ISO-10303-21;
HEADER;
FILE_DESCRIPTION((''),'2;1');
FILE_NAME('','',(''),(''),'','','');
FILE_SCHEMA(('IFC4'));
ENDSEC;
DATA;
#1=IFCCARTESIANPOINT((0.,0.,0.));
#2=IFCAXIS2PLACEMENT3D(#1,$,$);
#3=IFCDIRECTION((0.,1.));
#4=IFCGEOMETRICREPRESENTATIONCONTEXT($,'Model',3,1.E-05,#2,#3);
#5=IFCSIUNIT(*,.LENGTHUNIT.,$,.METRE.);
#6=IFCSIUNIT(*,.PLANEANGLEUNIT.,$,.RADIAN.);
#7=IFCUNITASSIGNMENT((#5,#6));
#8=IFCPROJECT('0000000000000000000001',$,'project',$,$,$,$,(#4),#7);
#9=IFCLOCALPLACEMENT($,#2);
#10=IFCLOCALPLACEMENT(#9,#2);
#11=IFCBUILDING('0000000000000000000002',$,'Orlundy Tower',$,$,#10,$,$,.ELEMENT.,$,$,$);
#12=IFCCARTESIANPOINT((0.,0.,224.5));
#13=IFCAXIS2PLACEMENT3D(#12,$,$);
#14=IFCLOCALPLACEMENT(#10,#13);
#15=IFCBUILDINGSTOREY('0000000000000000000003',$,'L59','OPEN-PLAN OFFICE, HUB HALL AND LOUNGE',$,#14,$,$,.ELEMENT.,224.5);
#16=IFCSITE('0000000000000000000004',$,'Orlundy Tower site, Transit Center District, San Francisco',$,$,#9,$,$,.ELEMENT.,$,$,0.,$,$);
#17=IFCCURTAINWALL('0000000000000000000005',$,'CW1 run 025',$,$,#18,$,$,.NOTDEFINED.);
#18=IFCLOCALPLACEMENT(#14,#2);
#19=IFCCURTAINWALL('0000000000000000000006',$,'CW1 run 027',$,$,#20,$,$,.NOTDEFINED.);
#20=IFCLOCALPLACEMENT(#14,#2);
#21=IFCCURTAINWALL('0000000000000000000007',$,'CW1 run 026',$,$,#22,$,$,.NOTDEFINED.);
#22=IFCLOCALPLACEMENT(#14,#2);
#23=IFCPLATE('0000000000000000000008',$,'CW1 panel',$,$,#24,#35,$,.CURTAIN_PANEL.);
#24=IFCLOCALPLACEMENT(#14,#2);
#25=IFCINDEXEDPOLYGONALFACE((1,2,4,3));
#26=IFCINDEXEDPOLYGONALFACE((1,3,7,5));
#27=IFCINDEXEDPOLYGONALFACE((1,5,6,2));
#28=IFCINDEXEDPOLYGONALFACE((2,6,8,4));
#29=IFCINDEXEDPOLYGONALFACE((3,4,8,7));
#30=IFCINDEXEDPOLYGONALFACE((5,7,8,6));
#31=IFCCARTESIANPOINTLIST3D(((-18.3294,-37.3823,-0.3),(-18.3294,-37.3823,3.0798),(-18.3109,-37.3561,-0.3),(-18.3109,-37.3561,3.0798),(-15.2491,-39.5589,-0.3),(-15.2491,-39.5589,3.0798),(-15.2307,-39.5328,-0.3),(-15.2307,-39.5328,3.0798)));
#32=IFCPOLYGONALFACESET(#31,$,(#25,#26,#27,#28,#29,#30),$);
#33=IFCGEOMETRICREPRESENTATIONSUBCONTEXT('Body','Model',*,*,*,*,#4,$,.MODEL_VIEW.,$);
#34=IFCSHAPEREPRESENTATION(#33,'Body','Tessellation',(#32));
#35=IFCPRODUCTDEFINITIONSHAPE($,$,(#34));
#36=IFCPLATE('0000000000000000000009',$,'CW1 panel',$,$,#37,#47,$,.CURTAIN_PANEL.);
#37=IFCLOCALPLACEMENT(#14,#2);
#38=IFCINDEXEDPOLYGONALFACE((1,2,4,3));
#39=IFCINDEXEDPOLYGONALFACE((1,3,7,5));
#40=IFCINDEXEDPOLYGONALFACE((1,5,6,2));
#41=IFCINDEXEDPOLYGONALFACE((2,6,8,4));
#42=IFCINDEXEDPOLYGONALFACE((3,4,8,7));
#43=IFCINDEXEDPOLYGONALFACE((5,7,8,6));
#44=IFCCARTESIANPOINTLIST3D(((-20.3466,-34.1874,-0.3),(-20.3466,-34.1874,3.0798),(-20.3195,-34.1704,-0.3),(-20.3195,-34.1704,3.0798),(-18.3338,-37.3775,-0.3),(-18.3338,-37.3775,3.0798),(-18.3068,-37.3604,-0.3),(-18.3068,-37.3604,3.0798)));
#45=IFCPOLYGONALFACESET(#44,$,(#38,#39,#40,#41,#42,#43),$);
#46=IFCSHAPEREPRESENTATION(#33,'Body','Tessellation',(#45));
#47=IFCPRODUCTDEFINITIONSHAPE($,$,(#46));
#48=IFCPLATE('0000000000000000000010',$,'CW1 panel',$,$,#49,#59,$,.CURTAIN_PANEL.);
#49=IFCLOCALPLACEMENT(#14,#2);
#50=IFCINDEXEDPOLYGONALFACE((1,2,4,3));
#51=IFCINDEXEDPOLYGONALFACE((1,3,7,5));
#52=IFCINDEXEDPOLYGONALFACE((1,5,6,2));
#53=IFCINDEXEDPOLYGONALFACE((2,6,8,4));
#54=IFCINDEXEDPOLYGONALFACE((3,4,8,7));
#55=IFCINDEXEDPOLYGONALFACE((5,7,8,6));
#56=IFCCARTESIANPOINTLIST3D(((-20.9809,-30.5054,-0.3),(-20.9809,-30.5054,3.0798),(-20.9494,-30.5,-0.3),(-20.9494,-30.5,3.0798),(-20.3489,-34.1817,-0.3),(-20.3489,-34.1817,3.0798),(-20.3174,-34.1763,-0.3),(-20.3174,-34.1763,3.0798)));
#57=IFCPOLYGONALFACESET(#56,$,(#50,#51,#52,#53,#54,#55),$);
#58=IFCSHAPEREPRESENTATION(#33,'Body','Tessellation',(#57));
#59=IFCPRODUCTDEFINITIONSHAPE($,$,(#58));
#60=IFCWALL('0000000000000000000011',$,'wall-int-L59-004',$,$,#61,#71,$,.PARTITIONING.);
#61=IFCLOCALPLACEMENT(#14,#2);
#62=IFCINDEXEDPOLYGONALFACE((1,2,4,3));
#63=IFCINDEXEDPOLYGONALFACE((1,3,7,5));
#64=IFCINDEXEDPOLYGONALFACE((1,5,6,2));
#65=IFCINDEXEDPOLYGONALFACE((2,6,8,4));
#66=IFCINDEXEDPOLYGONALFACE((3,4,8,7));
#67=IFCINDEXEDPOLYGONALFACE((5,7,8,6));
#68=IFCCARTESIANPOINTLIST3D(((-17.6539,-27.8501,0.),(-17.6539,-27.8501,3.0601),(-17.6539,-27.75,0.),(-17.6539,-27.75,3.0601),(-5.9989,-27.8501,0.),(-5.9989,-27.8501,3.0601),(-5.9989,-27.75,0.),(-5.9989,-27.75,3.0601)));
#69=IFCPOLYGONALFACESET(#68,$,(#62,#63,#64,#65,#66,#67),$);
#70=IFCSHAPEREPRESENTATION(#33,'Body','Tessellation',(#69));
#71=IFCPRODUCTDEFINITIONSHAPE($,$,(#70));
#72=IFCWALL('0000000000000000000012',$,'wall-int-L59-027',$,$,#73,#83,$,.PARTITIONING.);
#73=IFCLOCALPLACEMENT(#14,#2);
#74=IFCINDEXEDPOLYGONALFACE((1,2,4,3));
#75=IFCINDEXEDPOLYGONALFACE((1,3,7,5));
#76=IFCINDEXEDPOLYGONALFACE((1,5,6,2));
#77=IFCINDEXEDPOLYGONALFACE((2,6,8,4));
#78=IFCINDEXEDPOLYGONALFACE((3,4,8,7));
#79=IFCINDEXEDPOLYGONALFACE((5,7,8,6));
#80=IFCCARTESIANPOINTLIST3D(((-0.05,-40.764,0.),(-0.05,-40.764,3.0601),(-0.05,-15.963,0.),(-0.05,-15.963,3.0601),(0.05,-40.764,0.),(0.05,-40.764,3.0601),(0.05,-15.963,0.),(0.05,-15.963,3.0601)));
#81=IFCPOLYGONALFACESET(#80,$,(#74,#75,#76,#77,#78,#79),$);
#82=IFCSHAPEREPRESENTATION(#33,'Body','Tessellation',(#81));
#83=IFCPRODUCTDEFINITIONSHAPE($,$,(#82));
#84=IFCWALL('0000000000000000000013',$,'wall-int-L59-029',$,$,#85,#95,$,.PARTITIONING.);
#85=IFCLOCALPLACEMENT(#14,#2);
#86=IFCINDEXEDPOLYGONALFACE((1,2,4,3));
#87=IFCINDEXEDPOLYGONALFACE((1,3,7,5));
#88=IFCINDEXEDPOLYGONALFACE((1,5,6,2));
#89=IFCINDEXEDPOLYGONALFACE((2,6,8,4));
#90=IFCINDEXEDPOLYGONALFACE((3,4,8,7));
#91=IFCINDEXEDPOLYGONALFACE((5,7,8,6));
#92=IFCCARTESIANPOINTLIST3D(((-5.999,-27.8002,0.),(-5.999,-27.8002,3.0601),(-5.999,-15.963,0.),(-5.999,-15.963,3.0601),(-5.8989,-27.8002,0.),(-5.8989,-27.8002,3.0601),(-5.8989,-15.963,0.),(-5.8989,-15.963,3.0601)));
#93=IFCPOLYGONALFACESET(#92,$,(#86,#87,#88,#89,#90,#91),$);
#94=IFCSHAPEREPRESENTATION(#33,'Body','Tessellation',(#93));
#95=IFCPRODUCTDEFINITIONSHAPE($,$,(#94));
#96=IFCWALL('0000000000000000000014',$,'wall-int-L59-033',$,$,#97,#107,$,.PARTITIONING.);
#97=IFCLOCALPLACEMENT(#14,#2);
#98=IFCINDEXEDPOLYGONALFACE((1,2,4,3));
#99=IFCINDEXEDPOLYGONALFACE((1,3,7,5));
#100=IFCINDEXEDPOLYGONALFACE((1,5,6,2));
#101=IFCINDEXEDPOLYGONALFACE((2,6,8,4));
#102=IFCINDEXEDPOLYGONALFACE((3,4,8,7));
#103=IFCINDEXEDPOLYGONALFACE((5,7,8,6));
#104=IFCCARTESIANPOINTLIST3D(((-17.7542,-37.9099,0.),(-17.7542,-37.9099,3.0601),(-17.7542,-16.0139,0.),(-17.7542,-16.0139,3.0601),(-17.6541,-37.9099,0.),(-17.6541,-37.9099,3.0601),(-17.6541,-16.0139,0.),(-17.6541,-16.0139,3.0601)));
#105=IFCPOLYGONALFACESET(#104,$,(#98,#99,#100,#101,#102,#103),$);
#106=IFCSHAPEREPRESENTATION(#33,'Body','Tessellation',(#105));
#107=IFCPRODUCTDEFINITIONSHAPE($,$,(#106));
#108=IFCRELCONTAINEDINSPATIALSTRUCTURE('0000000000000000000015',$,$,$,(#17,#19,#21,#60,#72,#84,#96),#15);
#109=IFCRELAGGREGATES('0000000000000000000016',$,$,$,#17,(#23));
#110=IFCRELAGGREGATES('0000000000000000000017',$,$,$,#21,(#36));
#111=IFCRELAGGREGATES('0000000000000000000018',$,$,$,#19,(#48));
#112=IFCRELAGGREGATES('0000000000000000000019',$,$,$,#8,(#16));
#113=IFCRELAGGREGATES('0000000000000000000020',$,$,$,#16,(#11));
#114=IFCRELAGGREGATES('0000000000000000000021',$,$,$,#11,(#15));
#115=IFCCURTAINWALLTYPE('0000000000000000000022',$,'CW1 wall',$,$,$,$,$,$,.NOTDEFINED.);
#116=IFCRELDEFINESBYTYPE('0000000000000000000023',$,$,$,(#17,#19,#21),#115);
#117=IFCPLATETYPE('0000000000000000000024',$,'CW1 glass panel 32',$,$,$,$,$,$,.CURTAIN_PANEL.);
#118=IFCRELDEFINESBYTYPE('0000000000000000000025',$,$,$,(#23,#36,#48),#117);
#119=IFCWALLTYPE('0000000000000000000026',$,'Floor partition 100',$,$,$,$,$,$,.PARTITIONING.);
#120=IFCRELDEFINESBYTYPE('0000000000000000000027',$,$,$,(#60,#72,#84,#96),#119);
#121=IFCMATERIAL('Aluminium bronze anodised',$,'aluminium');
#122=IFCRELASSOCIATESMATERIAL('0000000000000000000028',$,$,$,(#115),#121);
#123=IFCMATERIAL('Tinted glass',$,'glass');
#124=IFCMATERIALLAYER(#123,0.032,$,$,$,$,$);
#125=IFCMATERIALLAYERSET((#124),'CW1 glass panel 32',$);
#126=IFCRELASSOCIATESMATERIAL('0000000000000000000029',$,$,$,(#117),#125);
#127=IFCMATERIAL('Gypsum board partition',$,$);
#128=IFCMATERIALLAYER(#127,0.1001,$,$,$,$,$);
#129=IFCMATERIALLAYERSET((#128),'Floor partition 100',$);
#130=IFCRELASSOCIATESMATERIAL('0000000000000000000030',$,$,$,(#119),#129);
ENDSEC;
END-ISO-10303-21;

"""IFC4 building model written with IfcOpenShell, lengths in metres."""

from ifc_helpers import new_model, si_unit, direction, frame, frame_2d, origin, origin_2d, place, context, subcontext, project, spatial, rectangle, extrude, material, layer, layer_set, type_object, element, aggregate, save


model = new_model("IFC4")

# Units and contexts
model_context = context("Model", 3, precision=1e-05, world=origin(), true_north=direction((0.0, 1.0)))
body_context = subcontext(model_context, "Body", "Model", "MODEL_VIEW")
ifc_project = project(units=[si_unit("LENGTHUNIT", "METRE"), si_unit("PLANEANGLEUNIT", "RADIAN")], contexts=[model_context])

# Site, building, storey
site_placement = place(None, origin())
site = spatial("IfcSite", under=ifc_project, at=site_placement, Name="Orlundy Tower site, Transit Center District, San Francisco", CompositionType="ELEMENT", RefElevation=0.0)
building_placement = place(site_placement, origin())
building = spatial("IfcBuilding", under=site, at=building_placement, Name="Orlundy Tower", CompositionType="ELEMENT")
storey_placement = place(building_placement, frame((0.0, 0.0, 224.5)))
storey = spatial("IfcBuildingStorey", under=building, at=storey_placement, Name="L59", Description="OPEN-PLAN OFFICE, HUB HALL AND LOUNGE", CompositionType="ELEMENT", Elevation=224.5)

# Curtain walls
ifc_material_1 = material(Name="Aluminium bronze anodised", Category="aluminium")
curtain_wall_type = type_object("IfcCurtainWallType", Name="CW1 wall", PredefinedType="NOTDEFINED", material=ifc_material_1)
curtain_wall_1_placement = place(storey_placement, origin())
curtain_wall_1 = element("IfcCurtainWall", 1, at=curtain_wall_1_placement, inside=storey, type_object=curtain_wall_type, Name="CW1 run 025", PredefinedType="NOTDEFINED")
curtain_wall_2_placement = place(storey_placement, origin())
curtain_wall_2 = element("IfcCurtainWall", 2, at=curtain_wall_2_placement, inside=storey, type_object=curtain_wall_type, Name="CW1 run 027", PredefinedType="NOTDEFINED")

# Curtain wall
curtain_wall_3_placement = place(storey_placement, origin())
curtain_wall_3 = element("IfcCurtainWall", 3, at=curtain_wall_3_placement, inside=storey, type_object=curtain_wall_type, Name="CW1 run 026", PredefinedType="NOTDEFINED")

# Plates
ifc_material_2 = material(Name="Tinted glass", Category="glass")
ifc_layer_1 = layer(ifc_material_2, 0.032)
ifc_layer_set_1 = layer_set([ifc_layer_1], Name="CW1 glass panel 32")
plate_type = type_object("IfcPlateType", Name="CW1 glass panel 32", PredefinedType="CURTAIN_PANEL", material=ifc_layer_set_1)
plate_1_placement = place(storey_placement, frame((-16.78, -38.4575, -0.3), z_axis=(0.0, 0.0, 1.0), x_axis=(-0.816676, 0.577096, 0.0)))
plate_1 = element("IfcPlate", 4, at=plate_1_placement, type_object=plate_type, Name="CW1 panel", PredefinedType="CURTAIN_PANEL", context=body_context, shape_type="SweptSolid", body=[
    extrude(rectangle(XDim=3.7717, YDim=0.032, at=origin_2d()), origin(), (0.0, 0.0, 1.0), 3.3799),
])
aggregate(curtain_wall_1, [plate_1])
plate_2_placement = place(storey_placement, frame((-19.3267, -35.7739, -0.3), z_axis=(0.0, 0.0, 1.0), x_axis=(-0.533607, 0.845732, 0.0)))
plate_2 = element("IfcPlate", 5, at=plate_2_placement, type_object=plate_type, Name="CW1 panel", PredefinedType="CURTAIN_PANEL", context=body_context, shape_type="SweptSolid", body=[
    extrude(rectangle(XDim=3.772, YDim=0.032, at=origin_2d()), origin(), (0.0, 0.0, 1.0), 3.3799),
])
aggregate(curtain_wall_3, [plate_2])
plate_3_placement = place(storey_placement, frame((-20.6492, -32.3408, -0.3), z_axis=(0.0, 0.0, 1.0), x_axis=(-0.169428, 0.985543, 0.0)))
plate_3 = element("IfcPlate", 6, at=plate_3_placement, type_object=plate_type, Name="CW1 panel", PredefinedType="CURTAIN_PANEL", context=body_context, shape_type="SweptSolid", body=[
    extrude(rectangle(XDim=3.7302, YDim=0.032, at=origin_2d()), origin(), (0.0, 0.0, 1.0), 3.3799),
])
aggregate(curtain_wall_2, [plate_3])

# Walls
ifc_material_3 = material(Name="Gypsum board partition")
ifc_layer_2 = layer(ifc_material_3, 0.1001)
ifc_layer_set_2 = layer_set([ifc_layer_2], Name="Floor partition 100")
wall_type = type_object("IfcWallType", Name="Floor partition 100", PredefinedType="PARTITIONING", material=ifc_layer_set_2)
wall_1_placement = place(storey_placement, frame((-17.6541, -27.8, 0.0), z_axis=(0.0, 0.0, 1.0), x_axis=(1.0, 0.0, 0.0)))
element("IfcWall", 7, at=wall_1_placement, inside=storey, type_object=wall_type, Name="wall-int-L59-004", PredefinedType="PARTITIONING", context=body_context, shape_type="SweptSolid", body=[
    extrude(rectangle(XDim=11.655, YDim=0.1001, at=frame_2d((5.8276, 0.0))), origin(), (0.0, 0.0, 1.0), 3.0601),
])
wall_2_placement = place(storey_placement, frame((0.0, -40.7639, 0.0), z_axis=(0.0, 0.0, 1.0), x_axis=(0.0, 1.0, 0.0)))
element("IfcWall", 8, at=wall_2_placement, inside=storey, type_object=wall_type, Name="wall-int-L59-027", PredefinedType="PARTITIONING", context=body_context, shape_type="SweptSolid", body=[
    extrude(rectangle(XDim=24.801, YDim=0.1001, at=frame_2d((12.4004, 0.0))), origin(), (0.0, 0.0, 1.0), 3.0601),
])
wall_3_placement = place(storey_placement, frame((-5.949, -27.8, 0.0), z_axis=(0.0, 0.0, 1.0), x_axis=(0.0, 1.0, 0.0)))
element("IfcWall", 9, at=wall_3_placement, inside=storey, type_object=wall_type, Name="wall-int-L59-029", PredefinedType="PARTITIONING", context=body_context, shape_type="SweptSolid", body=[
    extrude(rectangle(XDim=11.8372, YDim=0.1001, at=frame_2d((5.9185, 0.0))), origin(), (0.0, 0.0, 1.0), 3.0601),
])
wall_4_placement = place(storey_placement, frame((-17.7041, -37.9099, 0.0), z_axis=(0.0, 0.0, 1.0), x_axis=(0.0, 1.0, 0.0)))
element("IfcWall", 10, at=wall_4_placement, inside=storey, type_object=wall_type, Name="wall-int-L59-033", PredefinedType="PARTITIONING", context=body_context, shape_type="SweptSolid", body=[
    extrude(rectangle(XDim=21.896, YDim=0.1001, at=frame_2d((10.948, 0.0))), origin(), (0.0, 0.0, 1.0), 3.0601),
])

save(model, "model.ifc")
